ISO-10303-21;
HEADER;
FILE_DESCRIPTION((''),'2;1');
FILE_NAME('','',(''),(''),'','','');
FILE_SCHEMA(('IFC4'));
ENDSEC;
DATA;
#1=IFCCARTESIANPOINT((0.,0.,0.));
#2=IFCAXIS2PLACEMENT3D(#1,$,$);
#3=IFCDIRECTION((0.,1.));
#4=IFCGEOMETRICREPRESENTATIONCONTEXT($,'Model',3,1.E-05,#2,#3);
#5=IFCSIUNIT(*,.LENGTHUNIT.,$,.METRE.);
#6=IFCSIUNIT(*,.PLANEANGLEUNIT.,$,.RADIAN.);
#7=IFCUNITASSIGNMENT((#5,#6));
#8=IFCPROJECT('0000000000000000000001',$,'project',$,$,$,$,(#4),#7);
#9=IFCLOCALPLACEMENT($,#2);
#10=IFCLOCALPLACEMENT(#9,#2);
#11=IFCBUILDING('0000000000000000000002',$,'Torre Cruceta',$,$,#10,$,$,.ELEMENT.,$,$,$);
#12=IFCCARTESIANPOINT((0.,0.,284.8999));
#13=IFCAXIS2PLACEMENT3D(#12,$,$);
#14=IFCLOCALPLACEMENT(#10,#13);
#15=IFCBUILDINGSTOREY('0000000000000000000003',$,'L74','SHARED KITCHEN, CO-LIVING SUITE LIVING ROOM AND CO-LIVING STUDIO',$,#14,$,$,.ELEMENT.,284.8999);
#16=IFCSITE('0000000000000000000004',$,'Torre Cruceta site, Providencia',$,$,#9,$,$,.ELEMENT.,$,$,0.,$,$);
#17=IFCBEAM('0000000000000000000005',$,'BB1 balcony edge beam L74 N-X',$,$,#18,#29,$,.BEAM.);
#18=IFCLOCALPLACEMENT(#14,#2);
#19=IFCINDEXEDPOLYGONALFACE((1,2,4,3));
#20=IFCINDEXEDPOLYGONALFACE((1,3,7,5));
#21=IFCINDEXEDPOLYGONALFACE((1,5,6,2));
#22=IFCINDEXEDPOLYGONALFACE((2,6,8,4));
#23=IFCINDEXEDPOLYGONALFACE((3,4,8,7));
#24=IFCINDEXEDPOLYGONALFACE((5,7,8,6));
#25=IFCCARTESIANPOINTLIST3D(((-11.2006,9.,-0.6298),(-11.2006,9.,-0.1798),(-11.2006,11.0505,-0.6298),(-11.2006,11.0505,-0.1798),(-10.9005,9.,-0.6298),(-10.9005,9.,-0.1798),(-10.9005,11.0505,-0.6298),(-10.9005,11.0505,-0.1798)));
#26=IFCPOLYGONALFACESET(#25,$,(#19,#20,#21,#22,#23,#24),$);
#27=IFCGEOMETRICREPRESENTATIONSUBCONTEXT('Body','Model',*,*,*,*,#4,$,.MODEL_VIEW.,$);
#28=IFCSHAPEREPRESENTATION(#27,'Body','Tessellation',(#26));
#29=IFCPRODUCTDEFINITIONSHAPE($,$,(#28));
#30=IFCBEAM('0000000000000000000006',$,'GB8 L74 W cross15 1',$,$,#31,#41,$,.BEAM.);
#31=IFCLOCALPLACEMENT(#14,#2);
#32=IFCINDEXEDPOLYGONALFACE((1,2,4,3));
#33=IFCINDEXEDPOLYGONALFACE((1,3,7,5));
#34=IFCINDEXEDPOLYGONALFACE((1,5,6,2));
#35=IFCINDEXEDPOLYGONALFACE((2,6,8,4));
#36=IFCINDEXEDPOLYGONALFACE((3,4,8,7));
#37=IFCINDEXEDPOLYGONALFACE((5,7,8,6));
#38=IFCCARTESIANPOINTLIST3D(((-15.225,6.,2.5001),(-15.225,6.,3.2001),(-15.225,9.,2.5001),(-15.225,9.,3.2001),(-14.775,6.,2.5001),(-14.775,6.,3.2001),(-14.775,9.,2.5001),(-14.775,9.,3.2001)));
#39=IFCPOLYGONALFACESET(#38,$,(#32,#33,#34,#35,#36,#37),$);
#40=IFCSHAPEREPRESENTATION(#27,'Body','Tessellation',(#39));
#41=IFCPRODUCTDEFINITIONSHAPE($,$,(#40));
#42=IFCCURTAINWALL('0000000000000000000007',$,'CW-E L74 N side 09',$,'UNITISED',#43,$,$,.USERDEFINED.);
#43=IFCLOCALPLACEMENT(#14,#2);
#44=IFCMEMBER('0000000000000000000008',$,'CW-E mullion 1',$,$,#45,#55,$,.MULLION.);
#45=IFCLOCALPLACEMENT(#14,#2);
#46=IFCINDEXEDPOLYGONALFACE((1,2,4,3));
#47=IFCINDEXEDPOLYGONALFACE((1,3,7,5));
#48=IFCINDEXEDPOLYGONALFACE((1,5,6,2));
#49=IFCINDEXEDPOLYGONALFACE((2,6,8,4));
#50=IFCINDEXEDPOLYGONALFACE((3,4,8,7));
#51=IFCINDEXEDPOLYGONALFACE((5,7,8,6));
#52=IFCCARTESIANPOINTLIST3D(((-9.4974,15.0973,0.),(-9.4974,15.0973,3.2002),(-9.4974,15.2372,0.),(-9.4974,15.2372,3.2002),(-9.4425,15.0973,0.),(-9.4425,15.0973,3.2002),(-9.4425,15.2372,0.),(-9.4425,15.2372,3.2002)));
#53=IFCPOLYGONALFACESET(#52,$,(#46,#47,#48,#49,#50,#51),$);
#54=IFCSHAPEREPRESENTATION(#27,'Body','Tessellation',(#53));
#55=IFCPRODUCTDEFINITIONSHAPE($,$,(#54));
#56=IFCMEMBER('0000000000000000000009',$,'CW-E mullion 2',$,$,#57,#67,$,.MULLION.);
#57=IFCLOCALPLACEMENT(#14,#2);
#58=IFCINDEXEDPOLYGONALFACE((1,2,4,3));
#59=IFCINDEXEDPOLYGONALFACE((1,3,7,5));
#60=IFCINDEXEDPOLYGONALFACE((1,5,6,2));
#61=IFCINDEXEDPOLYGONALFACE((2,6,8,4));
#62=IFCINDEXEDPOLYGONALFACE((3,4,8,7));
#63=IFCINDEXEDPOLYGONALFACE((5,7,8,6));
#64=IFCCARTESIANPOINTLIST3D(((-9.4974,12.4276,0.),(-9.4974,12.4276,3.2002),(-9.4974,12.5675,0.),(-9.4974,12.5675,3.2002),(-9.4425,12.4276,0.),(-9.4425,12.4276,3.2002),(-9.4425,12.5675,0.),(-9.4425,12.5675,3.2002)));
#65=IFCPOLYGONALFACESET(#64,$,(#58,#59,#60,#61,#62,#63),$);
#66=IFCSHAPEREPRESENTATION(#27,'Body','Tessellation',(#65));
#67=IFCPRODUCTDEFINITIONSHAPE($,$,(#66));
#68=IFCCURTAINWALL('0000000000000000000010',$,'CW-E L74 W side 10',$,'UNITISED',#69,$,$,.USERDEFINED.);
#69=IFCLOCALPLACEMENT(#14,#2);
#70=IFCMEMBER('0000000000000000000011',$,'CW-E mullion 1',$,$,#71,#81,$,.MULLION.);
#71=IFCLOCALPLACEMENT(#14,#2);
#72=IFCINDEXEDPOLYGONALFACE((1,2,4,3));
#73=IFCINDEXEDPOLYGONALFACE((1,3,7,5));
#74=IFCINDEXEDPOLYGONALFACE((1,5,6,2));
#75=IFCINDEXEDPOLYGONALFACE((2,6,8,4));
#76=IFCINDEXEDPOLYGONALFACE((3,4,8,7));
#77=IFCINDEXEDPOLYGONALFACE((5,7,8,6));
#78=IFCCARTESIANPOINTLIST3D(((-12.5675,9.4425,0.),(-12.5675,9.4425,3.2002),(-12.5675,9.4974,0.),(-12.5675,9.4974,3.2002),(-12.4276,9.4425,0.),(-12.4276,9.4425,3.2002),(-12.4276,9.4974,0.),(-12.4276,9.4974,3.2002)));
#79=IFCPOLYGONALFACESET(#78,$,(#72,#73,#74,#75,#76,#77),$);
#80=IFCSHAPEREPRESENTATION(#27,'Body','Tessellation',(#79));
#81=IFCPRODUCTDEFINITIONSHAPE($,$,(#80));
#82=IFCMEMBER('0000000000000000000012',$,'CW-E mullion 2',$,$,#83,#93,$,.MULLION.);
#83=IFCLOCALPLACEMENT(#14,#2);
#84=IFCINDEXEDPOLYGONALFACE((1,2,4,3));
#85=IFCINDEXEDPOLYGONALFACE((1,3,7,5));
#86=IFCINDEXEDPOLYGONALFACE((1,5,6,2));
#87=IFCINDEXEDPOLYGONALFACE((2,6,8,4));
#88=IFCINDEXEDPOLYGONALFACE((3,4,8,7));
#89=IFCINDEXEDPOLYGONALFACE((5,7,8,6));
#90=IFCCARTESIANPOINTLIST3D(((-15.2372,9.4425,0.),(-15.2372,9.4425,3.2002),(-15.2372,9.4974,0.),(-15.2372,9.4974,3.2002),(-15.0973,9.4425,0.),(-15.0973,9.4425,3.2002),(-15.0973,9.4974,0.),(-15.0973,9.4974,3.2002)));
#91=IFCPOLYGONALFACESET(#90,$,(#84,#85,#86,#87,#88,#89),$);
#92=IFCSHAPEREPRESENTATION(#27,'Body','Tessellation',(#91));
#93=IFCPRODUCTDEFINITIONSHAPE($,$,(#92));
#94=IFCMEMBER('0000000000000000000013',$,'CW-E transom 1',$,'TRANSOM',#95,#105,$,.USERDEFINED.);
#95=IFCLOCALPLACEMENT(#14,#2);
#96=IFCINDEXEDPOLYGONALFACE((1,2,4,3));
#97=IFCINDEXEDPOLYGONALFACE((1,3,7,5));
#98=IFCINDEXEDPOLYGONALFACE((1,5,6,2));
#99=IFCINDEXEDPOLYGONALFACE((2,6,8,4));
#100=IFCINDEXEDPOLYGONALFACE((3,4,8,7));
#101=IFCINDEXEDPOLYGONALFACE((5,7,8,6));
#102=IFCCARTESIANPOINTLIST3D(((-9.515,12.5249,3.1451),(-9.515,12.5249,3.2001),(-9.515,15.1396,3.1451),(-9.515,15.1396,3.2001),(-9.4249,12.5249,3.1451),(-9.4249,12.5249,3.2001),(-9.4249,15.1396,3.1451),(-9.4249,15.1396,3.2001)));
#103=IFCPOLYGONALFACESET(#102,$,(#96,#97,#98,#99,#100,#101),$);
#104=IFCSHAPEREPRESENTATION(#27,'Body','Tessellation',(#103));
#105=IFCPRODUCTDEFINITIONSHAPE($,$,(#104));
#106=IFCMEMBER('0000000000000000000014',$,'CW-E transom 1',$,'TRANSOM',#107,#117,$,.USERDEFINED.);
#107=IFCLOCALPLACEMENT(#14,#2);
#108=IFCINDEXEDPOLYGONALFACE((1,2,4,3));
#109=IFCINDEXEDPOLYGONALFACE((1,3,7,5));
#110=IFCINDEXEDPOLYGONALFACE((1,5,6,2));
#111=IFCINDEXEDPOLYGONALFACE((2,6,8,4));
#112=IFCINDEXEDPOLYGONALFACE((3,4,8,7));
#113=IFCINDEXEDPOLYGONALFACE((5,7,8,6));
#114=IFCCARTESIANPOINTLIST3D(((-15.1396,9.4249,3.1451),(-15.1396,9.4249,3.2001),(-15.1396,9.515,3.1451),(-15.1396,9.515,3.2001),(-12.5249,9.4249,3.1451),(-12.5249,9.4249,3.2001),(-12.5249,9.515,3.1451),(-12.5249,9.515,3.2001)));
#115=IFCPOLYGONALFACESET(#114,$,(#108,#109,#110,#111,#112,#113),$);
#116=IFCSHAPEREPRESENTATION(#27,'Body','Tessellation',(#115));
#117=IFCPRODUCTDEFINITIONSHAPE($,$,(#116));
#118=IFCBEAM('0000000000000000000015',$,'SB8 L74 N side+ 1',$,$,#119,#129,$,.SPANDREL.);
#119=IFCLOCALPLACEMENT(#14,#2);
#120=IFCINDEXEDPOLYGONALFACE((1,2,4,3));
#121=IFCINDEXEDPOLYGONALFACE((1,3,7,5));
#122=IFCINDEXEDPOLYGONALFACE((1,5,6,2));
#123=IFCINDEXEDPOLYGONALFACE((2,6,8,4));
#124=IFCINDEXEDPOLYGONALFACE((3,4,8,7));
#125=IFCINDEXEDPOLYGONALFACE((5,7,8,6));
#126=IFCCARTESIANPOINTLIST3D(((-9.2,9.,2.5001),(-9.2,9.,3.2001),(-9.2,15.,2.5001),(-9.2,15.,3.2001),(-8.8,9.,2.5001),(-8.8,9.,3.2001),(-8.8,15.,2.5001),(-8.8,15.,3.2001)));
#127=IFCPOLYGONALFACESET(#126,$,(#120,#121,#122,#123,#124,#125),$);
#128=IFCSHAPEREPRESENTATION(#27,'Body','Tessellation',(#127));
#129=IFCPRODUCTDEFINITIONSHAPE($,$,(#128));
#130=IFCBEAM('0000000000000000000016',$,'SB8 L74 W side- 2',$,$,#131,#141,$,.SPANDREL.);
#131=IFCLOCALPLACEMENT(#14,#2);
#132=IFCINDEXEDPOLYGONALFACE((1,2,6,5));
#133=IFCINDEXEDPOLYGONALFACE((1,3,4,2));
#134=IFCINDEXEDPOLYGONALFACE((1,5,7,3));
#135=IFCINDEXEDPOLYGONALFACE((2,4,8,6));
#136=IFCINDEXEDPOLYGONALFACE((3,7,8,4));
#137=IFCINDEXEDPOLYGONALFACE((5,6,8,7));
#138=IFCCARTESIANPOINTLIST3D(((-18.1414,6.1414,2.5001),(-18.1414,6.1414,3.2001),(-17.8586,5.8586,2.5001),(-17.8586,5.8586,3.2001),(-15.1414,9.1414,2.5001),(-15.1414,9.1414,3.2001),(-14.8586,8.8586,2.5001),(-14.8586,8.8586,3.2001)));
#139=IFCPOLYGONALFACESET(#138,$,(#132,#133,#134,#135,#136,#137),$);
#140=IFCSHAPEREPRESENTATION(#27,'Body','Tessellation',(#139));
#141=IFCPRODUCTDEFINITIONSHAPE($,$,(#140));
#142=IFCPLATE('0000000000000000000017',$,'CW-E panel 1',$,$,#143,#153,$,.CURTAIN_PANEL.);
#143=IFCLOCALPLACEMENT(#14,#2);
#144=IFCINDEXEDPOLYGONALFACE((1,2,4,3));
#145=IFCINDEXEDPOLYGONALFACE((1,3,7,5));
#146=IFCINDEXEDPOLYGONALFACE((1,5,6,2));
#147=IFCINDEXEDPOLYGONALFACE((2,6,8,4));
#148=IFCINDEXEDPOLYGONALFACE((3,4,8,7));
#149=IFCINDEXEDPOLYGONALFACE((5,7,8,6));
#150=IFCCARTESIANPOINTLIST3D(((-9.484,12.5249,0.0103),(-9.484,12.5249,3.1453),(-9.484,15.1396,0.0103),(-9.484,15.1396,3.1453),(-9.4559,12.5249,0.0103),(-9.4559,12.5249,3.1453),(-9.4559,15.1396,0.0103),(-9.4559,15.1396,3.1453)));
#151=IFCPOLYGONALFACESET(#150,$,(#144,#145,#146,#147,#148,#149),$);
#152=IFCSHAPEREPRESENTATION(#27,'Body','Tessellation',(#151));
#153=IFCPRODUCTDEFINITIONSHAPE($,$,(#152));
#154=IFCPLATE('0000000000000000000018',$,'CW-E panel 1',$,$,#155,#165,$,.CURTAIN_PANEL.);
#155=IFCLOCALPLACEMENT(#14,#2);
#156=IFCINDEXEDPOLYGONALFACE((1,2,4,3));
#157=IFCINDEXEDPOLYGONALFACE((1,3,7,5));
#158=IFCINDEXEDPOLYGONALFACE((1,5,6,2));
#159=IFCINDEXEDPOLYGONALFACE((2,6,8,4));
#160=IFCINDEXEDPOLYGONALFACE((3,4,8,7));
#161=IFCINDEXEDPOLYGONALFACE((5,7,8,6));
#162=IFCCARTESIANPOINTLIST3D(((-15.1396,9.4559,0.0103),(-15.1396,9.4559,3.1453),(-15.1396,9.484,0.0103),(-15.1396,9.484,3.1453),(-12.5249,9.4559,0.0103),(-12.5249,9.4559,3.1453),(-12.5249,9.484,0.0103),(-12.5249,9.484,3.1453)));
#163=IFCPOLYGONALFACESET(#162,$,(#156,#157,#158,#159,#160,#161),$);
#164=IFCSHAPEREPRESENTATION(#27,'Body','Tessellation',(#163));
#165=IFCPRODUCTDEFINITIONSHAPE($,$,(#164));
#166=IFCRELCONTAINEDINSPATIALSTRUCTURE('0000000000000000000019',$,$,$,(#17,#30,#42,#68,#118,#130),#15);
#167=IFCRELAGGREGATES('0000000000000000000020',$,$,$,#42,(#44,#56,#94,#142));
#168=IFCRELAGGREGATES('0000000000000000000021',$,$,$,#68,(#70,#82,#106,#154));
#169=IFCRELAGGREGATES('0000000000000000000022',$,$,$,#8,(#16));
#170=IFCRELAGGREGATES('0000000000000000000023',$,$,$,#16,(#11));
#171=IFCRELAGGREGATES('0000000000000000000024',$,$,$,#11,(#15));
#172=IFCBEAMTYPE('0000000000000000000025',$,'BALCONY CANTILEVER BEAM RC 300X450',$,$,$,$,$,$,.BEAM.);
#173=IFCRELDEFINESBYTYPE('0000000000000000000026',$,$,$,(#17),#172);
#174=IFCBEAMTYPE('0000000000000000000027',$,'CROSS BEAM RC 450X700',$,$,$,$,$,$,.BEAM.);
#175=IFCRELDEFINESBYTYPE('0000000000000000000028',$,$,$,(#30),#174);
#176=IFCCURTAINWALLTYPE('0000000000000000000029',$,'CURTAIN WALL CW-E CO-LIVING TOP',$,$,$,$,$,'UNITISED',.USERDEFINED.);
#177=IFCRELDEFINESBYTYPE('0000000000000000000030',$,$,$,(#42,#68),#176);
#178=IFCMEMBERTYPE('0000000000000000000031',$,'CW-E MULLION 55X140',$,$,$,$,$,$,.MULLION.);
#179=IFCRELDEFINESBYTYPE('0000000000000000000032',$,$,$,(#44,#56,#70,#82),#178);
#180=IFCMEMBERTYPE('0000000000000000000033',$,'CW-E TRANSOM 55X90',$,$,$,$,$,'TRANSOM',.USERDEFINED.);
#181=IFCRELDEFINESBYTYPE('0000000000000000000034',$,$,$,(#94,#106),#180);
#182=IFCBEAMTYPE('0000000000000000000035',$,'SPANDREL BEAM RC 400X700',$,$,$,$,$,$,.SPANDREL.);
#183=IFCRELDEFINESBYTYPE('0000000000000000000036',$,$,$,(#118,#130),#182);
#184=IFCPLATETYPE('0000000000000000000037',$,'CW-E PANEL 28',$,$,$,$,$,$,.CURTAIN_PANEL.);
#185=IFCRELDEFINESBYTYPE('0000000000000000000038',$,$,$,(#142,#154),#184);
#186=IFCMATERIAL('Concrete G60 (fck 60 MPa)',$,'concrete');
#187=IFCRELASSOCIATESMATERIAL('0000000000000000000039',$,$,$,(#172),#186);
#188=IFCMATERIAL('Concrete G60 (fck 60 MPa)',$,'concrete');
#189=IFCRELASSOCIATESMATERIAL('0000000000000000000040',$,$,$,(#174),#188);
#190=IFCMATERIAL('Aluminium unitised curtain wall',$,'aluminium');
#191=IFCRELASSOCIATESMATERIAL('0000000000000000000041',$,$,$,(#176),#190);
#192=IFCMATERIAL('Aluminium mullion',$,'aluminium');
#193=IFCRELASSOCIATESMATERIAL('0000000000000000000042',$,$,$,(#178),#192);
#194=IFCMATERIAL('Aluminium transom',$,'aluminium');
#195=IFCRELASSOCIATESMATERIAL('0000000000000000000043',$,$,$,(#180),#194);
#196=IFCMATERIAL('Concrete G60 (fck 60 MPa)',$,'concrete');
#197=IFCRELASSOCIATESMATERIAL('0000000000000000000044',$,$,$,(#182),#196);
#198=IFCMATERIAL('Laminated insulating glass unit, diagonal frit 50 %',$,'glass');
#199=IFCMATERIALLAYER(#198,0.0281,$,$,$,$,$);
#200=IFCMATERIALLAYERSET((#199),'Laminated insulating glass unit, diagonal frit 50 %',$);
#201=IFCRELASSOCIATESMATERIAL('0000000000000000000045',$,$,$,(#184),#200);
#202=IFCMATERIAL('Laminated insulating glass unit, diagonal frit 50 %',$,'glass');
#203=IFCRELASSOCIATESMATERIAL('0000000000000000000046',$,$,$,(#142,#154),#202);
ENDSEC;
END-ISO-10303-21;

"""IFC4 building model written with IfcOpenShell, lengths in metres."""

from ifc_helpers import new_model, si_unit, direction, frame, origin, origin_2d, place, context, subcontext, project, spatial, rectangle, extrude, material, layer, layer_set, material_profile, profile_set, type_object, element, aggregate, save


model = new_model("IFC4")

# Units and contexts
model_context = context("Model", 3, precision=1e-05, world=origin(), true_north=direction((0.0, 1.0)))
body_context = subcontext(model_context, "Body", "Model", "MODEL_VIEW")
ifc_project = project(units=[si_unit("LENGTHUNIT", "METRE"), si_unit("PLANEANGLEUNIT", "RADIAN")], contexts=[model_context])

# Site, building, storey
site_placement = place(None, origin())
site = spatial("IfcSite", under=ifc_project, at=site_placement, Name="Torre Cruceta site, Providencia", CompositionType="ELEMENT", RefElevation=0.0)
building_placement = place(site_placement, origin())
building = spatial("IfcBuilding", under=site, at=building_placement, Name="Torre Cruceta", CompositionType="ELEMENT")
storey_placement = place(building_placement, frame((0.0, 0.0, 284.8999)))
storey = spatial("IfcBuildingStorey", under=building, at=storey_placement, Name="L74", Description="SHARED KITCHEN, CO-LIVING SUITE LIVING ROOM AND CO-LIVING STUDIO", CompositionType="ELEMENT", Elevation=284.8999)

# Beams
ifc_material_1 = material(Name="Concrete G60 (fck 60 MPa)", Category="concrete")
ifc_material_profile_1 = material_profile(ifc_material_1, rectangle(XDim=0.3, YDim=0.45, at=origin_2d()), Name="RC 300X450")
ifc_profile_set_1 = profile_set([ifc_material_profile_1], Name="Concrete G60 (fck 60 MPa)")
beam_type_1 = type_object("IfcBeamType", Name="BALCONY CANTILEVER BEAM RC 300X450", PredefinedType="BEAM", material=ifc_profile_set_1)
beam_1_placement = place(storey_placement, frame((-11.0505, 9.0, -0.4048), z_axis=(0.0, 1.0, 0.0), x_axis=(-1.0, 0.0, 0.0)))
element("IfcBeam", 1, at=beam_1_placement, inside=storey, type_object=beam_type_1, Name="BB1 balcony edge beam L74 N-X", PredefinedType="BEAM", context=body_context, shape_type="SweptSolid", body=[
    extrude(rectangle(XDim=0.3, YDim=0.45, at=origin_2d()), origin(), (0.0, 0.0, 1.0), 2.0505),
])
ifc_material_2 = material(Name="Concrete G60 (fck 60 MPa)", Category="concrete")
ifc_material_profile_2 = material_profile(ifc_material_2, rectangle(XDim=0.45, YDim=0.7, at=origin_2d()), Name="RC 450X700")
ifc_profile_set_2 = profile_set([ifc_material_profile_2], Name="Concrete G60 (fck 60 MPa)")
beam_type_2 = type_object("IfcBeamType", Name="CROSS BEAM RC 450X700", PredefinedType="BEAM", material=ifc_profile_set_2)
beam_2_placement = place(storey_placement, frame((-15.0, 9.0, 2.8501), z_axis=(0.0, -1.0, 0.0), x_axis=(1.0, 0.0, 0.0)))
element("IfcBeam", 2, at=beam_2_placement, inside=storey, type_object=beam_type_2, Name="GB8 L74 W cross15 1", PredefinedType="BEAM", context=body_context, shape_type="SweptSolid", body=[
    extrude(rectangle(XDim=0.45, YDim=0.7, at=origin_2d()), origin(), (0.0, 0.0, 1.0), 3.0),
])

# Curtain walls, members
ifc_material_3 = material(Name="Aluminium unitised curtain wall", Category="aluminium")
curtain_wall_type = type_object("IfcCurtainWallType", Name="CURTAIN WALL CW-E CO-LIVING TOP", ElementType="UNITISED", PredefinedType="USERDEFINED", material=ifc_material_3)
curtain_wall_1_placement = place(storey_placement, origin())
curtain_wall_1 = element("IfcCurtainWall", 3, at=curtain_wall_1_placement, inside=storey, type_object=curtain_wall_type, Name="CW-E L74 N side 09", ObjectType="UNITISED", PredefinedType="USERDEFINED")
ifc_material_4 = material(Name="Aluminium mullion", Category="aluminium")
ifc_material_profile_3 = material_profile(ifc_material_4, rectangle(XDim=0.0549, YDim=0.1399, at=origin_2d()), Name="AL 55X140")
ifc_profile_set_3 = profile_set([ifc_material_profile_3], Name="Aluminium mullion")
member_type_1 = type_object("IfcMemberType", Name="CW-E MULLION 55X140", PredefinedType="MULLION", material=ifc_profile_set_3)
member_1_placement = place(storey_placement, frame((-9.47, 15.1672, 0.0), z_axis=(0.0, 0.0, 1.0), x_axis=(1.0, 0.0, 0.0)))
member_1 = element("IfcMember", 4, at=member_1_placement, type_object=member_type_1, Name="CW-E mullion 1", PredefinedType="MULLION", context=body_context, shape_type="SweptSolid", body=[
    extrude(rectangle(XDim=0.0549, YDim=0.1399, at=origin_2d()), origin(), (0.0, 0.0, 1.0), 3.2002),
])
member_2_placement = place(storey_placement, frame((-9.47, 12.4976, 0.0), z_axis=(0.0, 0.0, 1.0), x_axis=(1.0, 0.0, 0.0)))
member_2 = element("IfcMember", 5, at=member_2_placement, type_object=member_type_1, Name="CW-E mullion 2", PredefinedType="MULLION", context=body_context, shape_type="SweptSolid", body=[
    extrude(rectangle(XDim=0.0549, YDim=0.1399, at=origin_2d()), origin(), (0.0, 0.0, 1.0), 3.2002),
])
curtain_wall_2_placement = place(storey_placement, origin())
curtain_wall_2 = element("IfcCurtainWall", 6, at=curtain_wall_2_placement, inside=storey, type_object=curtain_wall_type, Name="CW-E L74 W side 10", ObjectType="UNITISED", PredefinedType="USERDEFINED")
member_3_placement = place(storey_placement, frame((-12.4976, 9.47, 0.0), z_axis=(0.0, 0.0, 1.0), x_axis=(0.0, -1.0, 0.0)))
member_3 = element("IfcMember", 7, at=member_3_placement, type_object=member_type_1, Name="CW-E mullion 1", PredefinedType="MULLION", context=body_context, shape_type="SweptSolid", body=[
    extrude(rectangle(XDim=0.0549, YDim=0.1399, at=origin_2d()), origin(), (0.0, 0.0, 1.0), 3.2002),
])
member_4_placement = place(storey_placement, frame((-15.1672, 9.47, 0.0), z_axis=(0.0, 0.0, 1.0), x_axis=(0.0, -1.0, 0.0)))
member_4 = element("IfcMember", 8, at=member_4_placement, type_object=member_type_1, Name="CW-E mullion 2", PredefinedType="MULLION", context=body_context, shape_type="SweptSolid", body=[
    extrude(rectangle(XDim=0.0549, YDim=0.1399, at=origin_2d()), origin(), (0.0, 0.0, 1.0), 3.2002),
])

# Members
ifc_material_5 = material(Name="Aluminium transom", Category="aluminium")
ifc_material_profile_4 = material_profile(ifc_material_5, rectangle(XDim=0.0901, YDim=0.0549, at=origin_2d()), Name="AL 90X55")
ifc_profile_set_4 = profile_set([ifc_material_profile_4], Name="Aluminium transom")
member_type_2 = type_object("IfcMemberType", Name="CW-E TRANSOM 55X90", ElementType="TRANSOM", PredefinedType="USERDEFINED", material=ifc_profile_set_4)
member_5_placement = place(storey_placement, frame((-9.47, 15.1396, 3.1726), z_axis=(0.0, -1.0, 0.0), x_axis=(1.0, 0.0, 0.0)))
member_5 = element("IfcMember", 9, at=member_5_placement, type_object=member_type_2, Name="CW-E transom 1", ObjectType="TRANSOM", PredefinedType="USERDEFINED", context=body_context, shape_type="SweptSolid", body=[
    extrude(rectangle(XDim=0.0901, YDim=0.0549, at=origin_2d()), origin(), (0.0, 0.0, 1.0), 2.6147),
])
member_6_placement = place(storey_placement, frame((-12.5249, 9.47, 3.1726), z_axis=(-1.0, 0.0, 0.0), x_axis=(0.0, -1.0, 0.0)))
member_6 = element("IfcMember", 10, at=member_6_placement, type_object=member_type_2, Name="CW-E transom 1", ObjectType="TRANSOM", PredefinedType="USERDEFINED", context=body_context, shape_type="SweptSolid", body=[
    extrude(rectangle(XDim=0.0901, YDim=0.0549, at=origin_2d()), origin(), (0.0, 0.0, 1.0), 2.6147),
])

# Beams
ifc_material_6 = material(Name="Concrete G60 (fck 60 MPa)", Category="concrete")
ifc_material_profile_5 = material_profile(ifc_material_6, rectangle(XDim=0.3999, YDim=0.7, at=origin_2d()), Name="RC 400X700")
ifc_profile_set_5 = profile_set([ifc_material_profile_5], Name="Concrete G60 (fck 60 MPa)")
beam_type_3 = type_object("IfcBeamType", Name="SPANDREL BEAM RC 400X700", PredefinedType="SPANDREL", material=ifc_profile_set_5)
beam_3_placement = place(storey_placement, frame((-9.0, 9.0, 2.8501), z_axis=(0.0, 1.0, 0.0), x_axis=(-1.0, 0.0, 0.0)))
element("IfcBeam", 11, at=beam_3_placement, inside=storey, type_object=beam_type_3, Name="SB8 L74 N side+ 1", PredefinedType="SPANDREL", context=body_context, shape_type="SweptSolid", body=[
    extrude(rectangle(XDim=0.3999, YDim=0.7, at=origin_2d()), origin(), (0.0, 0.0, 1.0), 6.0),
])
beam_4_placement = place(storey_placement, frame((-15.0, 9.0, 2.8501), z_axis=(-0.707107, -0.707107, 0.0), x_axis=(0.707107, -0.707107, 0.0)))
element("IfcBeam", 12, at=beam_4_placement, inside=storey, type_object=beam_type_3, Name="SB8 L74 W side- 2", PredefinedType="SPANDREL", context=body_context, shape_type="SweptSolid", body=[
    extrude(rectangle(XDim=0.3999, YDim=0.7, at=origin_2d()), origin(), (0.0, 0.0, 1.0), 4.2427),
])

# Plates
ifc_material_7 = material(Name="Laminated insulating glass unit, diagonal frit 50 %", Category="glass")
ifc_material_8 = material(Name="Laminated insulating glass unit, diagonal frit 50 %", Category="glass")
ifc_layer_1 = layer(ifc_material_8, 0.0281)
ifc_layer_set_1 = layer_set([ifc_layer_1], Name="Laminated insulating glass unit, diagonal frit 50 %")
plate_type = type_object("IfcPlateType", Name="CW-E PANEL 28", PredefinedType="CURTAIN_PANEL", material=ifc_layer_set_1)
plate_1_placement = place(storey_placement, frame((-9.47, 13.8323, 0.0103), z_axis=(0.0, 0.0, 1.0), x_axis=(0.0, -1.0, 0.0)))
plate_1 = element("IfcPlate", 13, at=plate_1_placement, type_object=plate_type, material=ifc_material_7, Name="CW-E panel 1", PredefinedType="CURTAIN_PANEL", context=body_context, shape_type="SweptSolid", body=[
    extrude(rectangle(XDim=2.6147, YDim=0.0281, at=origin_2d()), origin(), (0.0, 0.0, 1.0), 3.135),
])
aggregate(curtain_wall_1, [member_1, member_2, member_5, plate_1])
plate_2_placement = place(storey_placement, frame((-13.8323, 9.47, 0.0103), z_axis=(0.0, 0.0, 1.0), x_axis=(-1.0, 0.0, 0.0)))
plate_2 = element("IfcPlate", 14, at=plate_2_placement, type_object=plate_type, material=ifc_material_7, Name="CW-E panel 1", PredefinedType="CURTAIN_PANEL", context=body_context, shape_type="SweptSolid", body=[
    extrude(rectangle(XDim=2.6147, YDim=0.0281, at=origin_2d()), origin(), (0.0, 0.0, 1.0), 3.135),
])
aggregate(curtain_wall_2, [member_3, member_4, member_6, plate_2])

save(model, "model.ifc")
